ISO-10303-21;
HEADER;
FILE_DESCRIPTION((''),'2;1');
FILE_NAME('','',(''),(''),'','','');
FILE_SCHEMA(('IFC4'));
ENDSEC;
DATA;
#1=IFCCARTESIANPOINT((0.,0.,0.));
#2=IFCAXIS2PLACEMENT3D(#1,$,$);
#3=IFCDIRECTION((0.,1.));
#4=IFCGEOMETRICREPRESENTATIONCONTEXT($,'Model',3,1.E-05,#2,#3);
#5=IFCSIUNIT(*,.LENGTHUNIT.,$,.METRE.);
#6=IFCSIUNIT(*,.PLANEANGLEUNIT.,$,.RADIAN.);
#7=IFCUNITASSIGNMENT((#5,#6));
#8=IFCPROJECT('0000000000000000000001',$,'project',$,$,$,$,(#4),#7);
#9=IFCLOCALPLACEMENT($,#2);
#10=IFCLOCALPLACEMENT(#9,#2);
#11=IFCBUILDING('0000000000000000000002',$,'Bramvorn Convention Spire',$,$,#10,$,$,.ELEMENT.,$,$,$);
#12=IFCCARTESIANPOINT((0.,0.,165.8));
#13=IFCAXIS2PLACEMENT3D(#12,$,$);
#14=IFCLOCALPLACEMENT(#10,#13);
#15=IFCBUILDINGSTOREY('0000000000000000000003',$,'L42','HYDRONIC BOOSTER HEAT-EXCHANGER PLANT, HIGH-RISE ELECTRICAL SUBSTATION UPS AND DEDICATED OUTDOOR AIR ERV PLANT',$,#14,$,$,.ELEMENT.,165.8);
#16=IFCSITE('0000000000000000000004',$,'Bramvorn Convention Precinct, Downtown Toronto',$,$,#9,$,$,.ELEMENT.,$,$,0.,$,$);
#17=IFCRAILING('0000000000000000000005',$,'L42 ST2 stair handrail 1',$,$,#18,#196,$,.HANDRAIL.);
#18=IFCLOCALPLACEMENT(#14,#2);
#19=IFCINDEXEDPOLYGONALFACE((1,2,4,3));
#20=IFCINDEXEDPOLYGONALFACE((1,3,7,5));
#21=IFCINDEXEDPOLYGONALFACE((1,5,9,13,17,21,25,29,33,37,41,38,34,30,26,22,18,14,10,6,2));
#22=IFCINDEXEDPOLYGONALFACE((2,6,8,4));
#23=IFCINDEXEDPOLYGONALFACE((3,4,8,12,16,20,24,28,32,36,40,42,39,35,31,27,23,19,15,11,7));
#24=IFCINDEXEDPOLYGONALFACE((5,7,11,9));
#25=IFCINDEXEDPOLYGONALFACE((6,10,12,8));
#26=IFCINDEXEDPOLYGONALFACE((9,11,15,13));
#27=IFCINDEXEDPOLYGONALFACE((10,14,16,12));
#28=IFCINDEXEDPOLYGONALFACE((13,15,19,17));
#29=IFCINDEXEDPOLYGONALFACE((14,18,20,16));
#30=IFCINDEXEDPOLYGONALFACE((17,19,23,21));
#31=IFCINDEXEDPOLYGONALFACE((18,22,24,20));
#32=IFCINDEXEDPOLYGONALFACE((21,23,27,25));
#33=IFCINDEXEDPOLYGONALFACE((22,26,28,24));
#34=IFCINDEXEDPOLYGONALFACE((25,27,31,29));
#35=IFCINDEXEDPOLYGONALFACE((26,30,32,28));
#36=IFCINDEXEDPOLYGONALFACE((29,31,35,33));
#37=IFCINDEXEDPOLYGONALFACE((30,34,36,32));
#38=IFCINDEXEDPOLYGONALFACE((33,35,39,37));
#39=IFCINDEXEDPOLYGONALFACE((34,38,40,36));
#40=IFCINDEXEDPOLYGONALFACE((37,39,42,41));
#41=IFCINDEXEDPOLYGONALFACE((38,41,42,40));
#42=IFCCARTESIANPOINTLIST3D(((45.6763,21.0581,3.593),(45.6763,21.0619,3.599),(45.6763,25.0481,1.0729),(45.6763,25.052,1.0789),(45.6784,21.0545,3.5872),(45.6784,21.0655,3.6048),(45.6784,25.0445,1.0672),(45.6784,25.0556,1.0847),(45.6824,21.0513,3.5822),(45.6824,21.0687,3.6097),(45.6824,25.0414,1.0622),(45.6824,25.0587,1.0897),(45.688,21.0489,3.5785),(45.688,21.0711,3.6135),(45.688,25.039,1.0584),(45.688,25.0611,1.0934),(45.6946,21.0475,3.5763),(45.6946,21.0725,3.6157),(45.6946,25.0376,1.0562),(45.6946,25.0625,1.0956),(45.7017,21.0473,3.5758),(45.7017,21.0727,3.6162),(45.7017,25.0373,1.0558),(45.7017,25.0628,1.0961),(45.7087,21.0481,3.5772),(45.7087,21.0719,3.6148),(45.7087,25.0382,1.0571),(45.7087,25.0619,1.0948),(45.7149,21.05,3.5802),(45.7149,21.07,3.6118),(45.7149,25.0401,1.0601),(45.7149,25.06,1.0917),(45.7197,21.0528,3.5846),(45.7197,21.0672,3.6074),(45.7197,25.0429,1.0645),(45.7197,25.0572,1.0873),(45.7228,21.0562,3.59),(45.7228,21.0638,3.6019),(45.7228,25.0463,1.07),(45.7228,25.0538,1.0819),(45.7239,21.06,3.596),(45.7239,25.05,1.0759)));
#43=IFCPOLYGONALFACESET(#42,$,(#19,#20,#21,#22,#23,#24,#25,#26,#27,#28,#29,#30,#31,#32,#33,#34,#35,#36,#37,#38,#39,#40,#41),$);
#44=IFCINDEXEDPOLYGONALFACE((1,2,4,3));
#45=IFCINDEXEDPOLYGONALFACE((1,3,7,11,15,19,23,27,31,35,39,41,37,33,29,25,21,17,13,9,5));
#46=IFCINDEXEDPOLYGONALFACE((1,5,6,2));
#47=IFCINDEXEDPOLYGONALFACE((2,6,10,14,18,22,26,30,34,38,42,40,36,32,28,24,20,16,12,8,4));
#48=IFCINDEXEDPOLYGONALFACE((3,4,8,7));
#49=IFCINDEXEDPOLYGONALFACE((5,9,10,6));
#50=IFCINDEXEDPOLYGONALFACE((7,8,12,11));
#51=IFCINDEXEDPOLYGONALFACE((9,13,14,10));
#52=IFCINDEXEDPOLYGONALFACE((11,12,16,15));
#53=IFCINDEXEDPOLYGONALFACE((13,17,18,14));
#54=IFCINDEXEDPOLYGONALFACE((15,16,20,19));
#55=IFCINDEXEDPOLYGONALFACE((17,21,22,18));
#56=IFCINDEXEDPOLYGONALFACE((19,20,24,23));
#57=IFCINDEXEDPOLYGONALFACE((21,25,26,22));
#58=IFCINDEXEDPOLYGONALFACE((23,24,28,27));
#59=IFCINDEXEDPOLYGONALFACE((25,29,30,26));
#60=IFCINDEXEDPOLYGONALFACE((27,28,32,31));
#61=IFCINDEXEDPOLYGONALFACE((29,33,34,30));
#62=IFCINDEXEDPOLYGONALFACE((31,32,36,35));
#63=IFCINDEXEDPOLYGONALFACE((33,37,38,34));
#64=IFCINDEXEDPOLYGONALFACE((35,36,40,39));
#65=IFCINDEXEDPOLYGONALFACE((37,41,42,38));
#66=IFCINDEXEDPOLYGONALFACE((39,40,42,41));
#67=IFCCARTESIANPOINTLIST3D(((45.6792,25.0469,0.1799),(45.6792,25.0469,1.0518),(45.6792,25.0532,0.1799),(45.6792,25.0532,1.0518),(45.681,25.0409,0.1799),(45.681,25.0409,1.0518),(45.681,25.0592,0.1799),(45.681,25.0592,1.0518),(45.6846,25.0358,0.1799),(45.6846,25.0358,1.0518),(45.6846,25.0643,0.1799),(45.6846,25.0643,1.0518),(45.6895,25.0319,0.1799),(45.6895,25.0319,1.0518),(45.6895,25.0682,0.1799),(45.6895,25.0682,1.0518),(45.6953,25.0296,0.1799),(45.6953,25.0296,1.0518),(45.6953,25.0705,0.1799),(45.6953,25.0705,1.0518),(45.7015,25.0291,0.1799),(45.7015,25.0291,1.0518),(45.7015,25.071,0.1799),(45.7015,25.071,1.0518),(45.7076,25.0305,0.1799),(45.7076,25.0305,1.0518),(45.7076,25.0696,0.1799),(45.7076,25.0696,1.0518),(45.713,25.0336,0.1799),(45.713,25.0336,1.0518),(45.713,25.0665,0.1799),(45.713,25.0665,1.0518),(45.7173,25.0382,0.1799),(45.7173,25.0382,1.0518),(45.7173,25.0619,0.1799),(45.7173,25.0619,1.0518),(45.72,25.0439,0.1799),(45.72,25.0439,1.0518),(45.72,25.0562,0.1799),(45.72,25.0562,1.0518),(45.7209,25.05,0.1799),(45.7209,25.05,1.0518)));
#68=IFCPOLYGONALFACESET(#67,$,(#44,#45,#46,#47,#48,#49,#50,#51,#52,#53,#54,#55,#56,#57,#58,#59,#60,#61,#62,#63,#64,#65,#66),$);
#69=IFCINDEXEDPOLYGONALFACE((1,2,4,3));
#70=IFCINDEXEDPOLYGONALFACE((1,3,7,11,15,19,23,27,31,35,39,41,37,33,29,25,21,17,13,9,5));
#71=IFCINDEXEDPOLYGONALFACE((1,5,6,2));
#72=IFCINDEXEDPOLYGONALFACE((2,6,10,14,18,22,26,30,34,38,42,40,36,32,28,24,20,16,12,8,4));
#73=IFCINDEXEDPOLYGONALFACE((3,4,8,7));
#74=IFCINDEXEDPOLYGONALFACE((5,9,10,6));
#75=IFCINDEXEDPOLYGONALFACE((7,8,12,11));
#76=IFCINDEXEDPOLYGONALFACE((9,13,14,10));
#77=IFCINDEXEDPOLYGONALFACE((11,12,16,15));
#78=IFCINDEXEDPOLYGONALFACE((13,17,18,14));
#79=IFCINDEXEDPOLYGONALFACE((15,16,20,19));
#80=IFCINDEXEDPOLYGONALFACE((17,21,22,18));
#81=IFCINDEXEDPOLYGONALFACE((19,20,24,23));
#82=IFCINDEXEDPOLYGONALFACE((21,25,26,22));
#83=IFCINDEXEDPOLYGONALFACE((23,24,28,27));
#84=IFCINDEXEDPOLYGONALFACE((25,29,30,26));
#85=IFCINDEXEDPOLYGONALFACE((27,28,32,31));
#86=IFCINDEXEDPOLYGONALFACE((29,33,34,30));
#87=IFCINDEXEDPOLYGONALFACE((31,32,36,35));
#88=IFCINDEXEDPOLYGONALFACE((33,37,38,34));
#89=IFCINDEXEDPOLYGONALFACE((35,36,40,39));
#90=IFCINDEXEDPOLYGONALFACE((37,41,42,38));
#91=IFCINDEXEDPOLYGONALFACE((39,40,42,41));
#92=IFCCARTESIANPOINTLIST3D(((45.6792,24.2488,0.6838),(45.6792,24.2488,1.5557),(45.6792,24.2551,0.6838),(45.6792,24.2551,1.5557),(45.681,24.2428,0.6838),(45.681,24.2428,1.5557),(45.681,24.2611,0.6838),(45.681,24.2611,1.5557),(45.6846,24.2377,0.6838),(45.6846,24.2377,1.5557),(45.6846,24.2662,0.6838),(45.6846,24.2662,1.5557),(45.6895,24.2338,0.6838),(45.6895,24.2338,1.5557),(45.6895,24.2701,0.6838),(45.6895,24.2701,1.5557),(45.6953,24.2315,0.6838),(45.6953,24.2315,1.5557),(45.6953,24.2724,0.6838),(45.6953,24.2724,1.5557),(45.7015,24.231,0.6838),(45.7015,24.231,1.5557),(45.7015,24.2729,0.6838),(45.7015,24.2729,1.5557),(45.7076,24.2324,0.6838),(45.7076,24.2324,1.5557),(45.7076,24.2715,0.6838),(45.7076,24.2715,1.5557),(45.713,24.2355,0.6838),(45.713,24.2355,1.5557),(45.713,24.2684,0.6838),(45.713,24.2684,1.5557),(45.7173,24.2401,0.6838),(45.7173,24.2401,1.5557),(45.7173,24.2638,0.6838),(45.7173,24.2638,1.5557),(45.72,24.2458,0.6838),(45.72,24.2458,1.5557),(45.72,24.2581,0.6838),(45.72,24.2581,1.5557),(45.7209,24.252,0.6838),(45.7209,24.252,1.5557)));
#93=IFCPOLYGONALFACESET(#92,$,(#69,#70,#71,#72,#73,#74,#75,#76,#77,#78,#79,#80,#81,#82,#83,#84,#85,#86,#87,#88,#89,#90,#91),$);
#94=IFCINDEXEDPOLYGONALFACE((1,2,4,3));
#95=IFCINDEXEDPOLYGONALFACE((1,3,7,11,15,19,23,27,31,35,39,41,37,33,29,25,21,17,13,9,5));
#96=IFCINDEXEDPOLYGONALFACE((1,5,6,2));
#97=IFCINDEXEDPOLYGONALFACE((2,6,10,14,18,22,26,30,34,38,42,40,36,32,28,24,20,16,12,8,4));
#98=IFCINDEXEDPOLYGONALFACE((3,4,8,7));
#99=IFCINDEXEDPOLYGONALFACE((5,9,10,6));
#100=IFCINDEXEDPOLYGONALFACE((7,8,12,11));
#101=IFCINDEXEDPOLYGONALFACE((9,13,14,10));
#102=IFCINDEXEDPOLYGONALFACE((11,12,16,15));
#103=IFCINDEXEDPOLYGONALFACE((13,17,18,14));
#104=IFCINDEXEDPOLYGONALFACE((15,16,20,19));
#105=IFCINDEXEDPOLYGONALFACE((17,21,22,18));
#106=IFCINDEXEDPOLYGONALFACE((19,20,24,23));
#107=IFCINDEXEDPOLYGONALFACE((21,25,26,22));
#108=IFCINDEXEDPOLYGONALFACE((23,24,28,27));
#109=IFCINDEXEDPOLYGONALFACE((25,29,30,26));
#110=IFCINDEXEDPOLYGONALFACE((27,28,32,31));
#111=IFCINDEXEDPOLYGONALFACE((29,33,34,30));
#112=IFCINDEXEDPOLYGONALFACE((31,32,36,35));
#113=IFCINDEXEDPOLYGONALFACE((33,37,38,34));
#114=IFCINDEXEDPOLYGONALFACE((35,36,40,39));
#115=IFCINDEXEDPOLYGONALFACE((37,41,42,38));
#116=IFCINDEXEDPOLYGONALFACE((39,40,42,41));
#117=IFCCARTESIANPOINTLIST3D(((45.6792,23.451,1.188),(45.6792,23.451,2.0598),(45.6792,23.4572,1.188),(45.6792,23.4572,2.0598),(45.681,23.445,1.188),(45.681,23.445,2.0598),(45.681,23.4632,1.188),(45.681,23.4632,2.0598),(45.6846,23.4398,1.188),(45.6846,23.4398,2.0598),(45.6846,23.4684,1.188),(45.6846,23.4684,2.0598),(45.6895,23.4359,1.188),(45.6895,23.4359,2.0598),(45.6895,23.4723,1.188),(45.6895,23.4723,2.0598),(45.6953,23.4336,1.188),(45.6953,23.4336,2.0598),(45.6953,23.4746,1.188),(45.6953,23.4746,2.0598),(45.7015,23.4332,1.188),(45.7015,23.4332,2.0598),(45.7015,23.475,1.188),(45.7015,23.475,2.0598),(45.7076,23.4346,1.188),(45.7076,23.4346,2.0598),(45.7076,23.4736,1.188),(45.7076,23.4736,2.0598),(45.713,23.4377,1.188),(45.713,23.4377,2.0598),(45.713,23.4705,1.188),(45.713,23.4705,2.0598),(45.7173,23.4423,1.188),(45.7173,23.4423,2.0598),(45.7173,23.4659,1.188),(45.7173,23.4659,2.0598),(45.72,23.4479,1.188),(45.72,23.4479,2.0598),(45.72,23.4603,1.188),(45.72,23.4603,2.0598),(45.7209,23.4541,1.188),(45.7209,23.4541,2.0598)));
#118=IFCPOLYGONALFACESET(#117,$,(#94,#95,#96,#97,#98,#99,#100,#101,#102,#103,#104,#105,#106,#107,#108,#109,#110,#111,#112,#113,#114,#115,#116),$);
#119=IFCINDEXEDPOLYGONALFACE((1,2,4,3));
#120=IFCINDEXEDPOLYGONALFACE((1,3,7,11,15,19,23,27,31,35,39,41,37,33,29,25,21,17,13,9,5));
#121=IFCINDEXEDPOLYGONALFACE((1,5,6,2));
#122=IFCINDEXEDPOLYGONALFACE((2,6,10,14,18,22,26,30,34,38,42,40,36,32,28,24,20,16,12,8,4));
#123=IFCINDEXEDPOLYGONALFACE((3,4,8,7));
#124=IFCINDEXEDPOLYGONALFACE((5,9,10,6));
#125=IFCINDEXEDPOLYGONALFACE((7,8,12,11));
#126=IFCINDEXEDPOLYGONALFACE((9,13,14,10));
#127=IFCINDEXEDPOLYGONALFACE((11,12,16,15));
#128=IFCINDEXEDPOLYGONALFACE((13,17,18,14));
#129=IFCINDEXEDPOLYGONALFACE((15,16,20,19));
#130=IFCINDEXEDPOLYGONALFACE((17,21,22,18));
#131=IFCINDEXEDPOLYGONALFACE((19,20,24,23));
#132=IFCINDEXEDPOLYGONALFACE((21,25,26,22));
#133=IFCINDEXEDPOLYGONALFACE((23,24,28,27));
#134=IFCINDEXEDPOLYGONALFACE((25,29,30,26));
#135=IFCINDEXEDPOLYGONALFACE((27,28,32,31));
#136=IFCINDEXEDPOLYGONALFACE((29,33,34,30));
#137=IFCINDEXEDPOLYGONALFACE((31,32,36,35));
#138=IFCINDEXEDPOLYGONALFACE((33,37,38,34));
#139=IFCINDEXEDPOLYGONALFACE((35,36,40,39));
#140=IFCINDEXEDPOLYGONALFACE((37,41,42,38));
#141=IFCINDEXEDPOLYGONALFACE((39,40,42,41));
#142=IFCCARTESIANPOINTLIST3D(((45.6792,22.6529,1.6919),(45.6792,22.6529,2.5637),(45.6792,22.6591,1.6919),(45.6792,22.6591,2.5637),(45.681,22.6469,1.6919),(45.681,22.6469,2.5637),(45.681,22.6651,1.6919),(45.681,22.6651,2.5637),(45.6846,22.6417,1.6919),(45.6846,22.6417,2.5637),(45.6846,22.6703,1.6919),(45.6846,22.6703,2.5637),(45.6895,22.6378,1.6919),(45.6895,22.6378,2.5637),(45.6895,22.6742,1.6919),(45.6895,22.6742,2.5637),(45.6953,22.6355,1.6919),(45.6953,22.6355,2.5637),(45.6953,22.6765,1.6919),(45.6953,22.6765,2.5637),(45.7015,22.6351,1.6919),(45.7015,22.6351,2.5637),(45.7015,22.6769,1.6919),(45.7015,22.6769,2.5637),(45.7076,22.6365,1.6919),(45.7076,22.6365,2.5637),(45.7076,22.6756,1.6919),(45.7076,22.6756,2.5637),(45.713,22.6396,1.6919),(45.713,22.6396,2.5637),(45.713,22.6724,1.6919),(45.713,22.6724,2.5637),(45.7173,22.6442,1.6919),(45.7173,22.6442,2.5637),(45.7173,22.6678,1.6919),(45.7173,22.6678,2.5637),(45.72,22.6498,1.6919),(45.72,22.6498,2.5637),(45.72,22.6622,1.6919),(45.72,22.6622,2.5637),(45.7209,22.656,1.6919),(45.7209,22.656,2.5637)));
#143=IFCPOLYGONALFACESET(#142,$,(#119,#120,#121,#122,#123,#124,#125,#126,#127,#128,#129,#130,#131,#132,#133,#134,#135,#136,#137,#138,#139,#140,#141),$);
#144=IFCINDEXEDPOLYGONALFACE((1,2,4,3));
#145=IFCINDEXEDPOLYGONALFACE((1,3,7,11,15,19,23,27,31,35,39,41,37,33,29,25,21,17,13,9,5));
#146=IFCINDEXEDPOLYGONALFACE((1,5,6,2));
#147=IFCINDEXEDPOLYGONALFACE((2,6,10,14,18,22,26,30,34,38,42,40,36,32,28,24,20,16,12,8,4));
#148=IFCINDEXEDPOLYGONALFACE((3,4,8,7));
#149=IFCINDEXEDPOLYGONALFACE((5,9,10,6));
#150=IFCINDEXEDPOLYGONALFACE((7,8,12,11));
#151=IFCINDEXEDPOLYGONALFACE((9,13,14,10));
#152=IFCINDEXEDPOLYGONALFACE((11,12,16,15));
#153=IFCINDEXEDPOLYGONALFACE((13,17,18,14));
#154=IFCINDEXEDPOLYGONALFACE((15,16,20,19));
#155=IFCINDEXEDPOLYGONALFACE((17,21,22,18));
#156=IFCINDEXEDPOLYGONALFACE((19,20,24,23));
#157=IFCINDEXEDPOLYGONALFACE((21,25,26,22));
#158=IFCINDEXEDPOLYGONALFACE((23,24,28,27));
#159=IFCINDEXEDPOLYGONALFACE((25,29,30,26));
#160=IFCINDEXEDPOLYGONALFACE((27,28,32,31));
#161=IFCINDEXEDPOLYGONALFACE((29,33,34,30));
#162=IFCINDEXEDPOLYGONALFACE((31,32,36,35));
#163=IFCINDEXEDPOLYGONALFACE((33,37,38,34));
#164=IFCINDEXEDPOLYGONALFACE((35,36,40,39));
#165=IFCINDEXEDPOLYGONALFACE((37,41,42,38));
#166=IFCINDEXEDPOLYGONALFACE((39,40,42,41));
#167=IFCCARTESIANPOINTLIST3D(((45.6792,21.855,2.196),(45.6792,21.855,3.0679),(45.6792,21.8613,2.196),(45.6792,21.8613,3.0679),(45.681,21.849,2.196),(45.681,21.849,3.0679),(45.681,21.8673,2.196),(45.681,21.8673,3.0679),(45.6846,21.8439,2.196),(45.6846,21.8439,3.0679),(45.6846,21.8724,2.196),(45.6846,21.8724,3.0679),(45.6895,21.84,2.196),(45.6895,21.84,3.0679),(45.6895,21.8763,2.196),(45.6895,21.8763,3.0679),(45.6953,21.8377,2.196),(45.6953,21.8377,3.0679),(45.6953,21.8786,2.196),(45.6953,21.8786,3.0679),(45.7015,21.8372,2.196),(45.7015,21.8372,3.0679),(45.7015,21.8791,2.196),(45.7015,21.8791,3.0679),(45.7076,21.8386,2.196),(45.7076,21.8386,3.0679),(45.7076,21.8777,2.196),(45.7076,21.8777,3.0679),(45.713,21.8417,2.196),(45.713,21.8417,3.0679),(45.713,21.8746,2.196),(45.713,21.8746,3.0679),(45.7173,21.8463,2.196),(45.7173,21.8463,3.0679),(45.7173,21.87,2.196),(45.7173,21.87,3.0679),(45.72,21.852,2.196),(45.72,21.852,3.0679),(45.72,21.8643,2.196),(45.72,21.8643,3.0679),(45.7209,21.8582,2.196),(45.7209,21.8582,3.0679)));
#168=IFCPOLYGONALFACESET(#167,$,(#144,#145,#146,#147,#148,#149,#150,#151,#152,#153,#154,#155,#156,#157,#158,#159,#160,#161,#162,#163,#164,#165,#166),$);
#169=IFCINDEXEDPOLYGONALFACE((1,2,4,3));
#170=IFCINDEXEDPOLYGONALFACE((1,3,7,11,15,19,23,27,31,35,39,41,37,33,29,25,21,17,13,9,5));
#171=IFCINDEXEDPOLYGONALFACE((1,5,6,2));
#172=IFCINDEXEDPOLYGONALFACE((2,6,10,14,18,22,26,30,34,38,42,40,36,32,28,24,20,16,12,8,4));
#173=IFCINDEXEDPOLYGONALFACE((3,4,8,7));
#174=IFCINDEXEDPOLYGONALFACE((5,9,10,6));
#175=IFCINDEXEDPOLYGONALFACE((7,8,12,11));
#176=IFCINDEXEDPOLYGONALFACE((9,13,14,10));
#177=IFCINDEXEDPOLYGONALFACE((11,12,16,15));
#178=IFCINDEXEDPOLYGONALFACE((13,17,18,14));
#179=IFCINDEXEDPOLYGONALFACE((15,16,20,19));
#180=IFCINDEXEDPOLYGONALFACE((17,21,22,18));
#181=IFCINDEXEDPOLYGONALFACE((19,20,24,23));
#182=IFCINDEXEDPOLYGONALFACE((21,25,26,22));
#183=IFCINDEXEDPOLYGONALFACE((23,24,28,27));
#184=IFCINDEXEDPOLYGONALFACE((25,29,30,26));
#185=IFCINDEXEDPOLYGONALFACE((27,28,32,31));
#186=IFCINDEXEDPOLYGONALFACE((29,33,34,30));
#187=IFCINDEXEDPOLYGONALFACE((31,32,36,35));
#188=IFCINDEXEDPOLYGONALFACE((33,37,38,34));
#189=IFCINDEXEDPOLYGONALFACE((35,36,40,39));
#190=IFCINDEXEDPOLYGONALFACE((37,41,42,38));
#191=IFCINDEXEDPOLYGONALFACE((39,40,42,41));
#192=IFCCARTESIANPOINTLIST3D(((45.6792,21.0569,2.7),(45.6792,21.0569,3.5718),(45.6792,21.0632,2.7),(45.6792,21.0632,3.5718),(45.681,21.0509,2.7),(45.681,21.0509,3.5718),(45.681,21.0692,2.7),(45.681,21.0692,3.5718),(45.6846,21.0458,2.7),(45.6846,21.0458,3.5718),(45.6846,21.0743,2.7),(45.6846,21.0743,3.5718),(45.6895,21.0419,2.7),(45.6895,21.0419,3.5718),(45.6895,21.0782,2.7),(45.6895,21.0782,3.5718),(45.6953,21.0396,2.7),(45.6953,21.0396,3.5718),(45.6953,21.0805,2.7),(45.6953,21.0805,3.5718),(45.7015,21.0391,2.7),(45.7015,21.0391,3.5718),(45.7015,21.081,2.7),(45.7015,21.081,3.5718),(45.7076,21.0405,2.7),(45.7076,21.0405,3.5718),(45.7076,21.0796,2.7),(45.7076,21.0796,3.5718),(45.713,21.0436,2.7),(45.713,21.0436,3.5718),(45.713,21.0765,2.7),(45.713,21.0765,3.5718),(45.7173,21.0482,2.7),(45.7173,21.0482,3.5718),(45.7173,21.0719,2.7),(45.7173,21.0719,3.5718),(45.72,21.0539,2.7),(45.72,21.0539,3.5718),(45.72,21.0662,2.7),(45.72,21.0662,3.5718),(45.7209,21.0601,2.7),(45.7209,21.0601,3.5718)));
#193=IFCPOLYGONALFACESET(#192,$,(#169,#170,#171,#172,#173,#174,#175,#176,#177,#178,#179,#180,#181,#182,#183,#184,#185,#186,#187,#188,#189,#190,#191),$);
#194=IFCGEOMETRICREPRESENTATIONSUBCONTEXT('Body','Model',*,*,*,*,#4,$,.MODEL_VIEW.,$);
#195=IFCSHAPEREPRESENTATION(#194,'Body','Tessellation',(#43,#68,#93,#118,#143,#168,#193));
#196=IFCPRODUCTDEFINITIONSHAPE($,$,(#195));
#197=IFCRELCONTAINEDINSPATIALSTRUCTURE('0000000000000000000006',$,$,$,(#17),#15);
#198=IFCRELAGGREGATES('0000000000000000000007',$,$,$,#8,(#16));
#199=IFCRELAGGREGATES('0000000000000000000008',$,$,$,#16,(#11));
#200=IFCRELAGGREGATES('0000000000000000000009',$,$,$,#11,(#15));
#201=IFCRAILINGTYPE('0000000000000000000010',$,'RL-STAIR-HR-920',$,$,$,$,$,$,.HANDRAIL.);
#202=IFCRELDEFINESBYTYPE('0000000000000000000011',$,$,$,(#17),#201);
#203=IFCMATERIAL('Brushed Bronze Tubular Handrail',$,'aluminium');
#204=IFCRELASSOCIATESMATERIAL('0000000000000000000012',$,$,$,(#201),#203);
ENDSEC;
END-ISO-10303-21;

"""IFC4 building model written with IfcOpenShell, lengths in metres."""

from ifc_helpers import new_model, si_unit, direction, frame, origin, origin_2d, place, context, subcontext, project, spatial, circle, extrude, material, type_object, element, save


model = new_model("IFC4")

# Units and contexts
model_context = context("Model", 3, precision=1e-05, world=origin(), true_north=direction((0.0, 1.0)))
body_context = subcontext(model_context, "Body", "Model", "MODEL_VIEW")
ifc_project = project(units=[si_unit("LENGTHUNIT", "METRE"), si_unit("PLANEANGLEUNIT", "RADIAN")], contexts=[model_context])

# Site, building, storey
site_placement = place(None, origin())
site = spatial("IfcSite", under=ifc_project, at=site_placement, Name="Bramvorn Convention Precinct, Downtown Toronto", CompositionType="ELEMENT", RefElevation=0.0)
building_placement = place(site_placement, origin())
building = spatial("IfcBuilding", under=site, at=building_placement, Name="Bramvorn Convention Spire", CompositionType="ELEMENT")
storey_placement = place(building_placement, frame((0.0, 0.0, 165.8)))
storey = spatial("IfcBuildingStorey", under=building, at=storey_placement, Name="L42", Description="HYDRONIC BOOSTER HEAT-EXCHANGER PLANT, HIGH-RISE ELECTRICAL SUBSTATION UPS AND DEDICATED OUTDOOR AIR ERV PLANT", CompositionType="ELEMENT", Elevation=165.8)

# Railing
ifc_material_1 = material(Name="Brushed Bronze Tubular Handrail", Category="aluminium")
railing_type_1 = type_object("IfcRailingType", Name="RL-STAIR-HR-920", PredefinedType="HANDRAIL", material=ifc_material_1)
railing_1_placement = place(storey_placement, frame((45.7, 25.05, 0.1799)))
element("IfcRailing", 1, at=railing_1_placement, inside=storey, type_object=railing_type_1, Name="L42 ST2 stair handrail 1", PredefinedType="HANDRAIL", context=body_context, shape_type="SweptSolid", body=[
    extrude(circle(Radius=0.0239, at=origin_2d()), frame((0.0, 0.0, 0.896), z_axis=(0.0, -0.845486, 0.533997), x_axis=(1.0, 0.0, 0.0)), (0.0, 0.0, 1.0), 4.7192),
    extrude(circle(Radius=0.021, at=origin_2d()), origin(), (0.0, 0.0, 1.0), 0.8718),
    extrude(circle(Radius=0.021, at=origin_2d()), frame((0.0, -0.7981, 0.5039)), (0.0, 0.0, 1.0), 0.8718),
    extrude(circle(Radius=0.021, at=origin_2d()), frame((0.0, -1.5959, 1.0081)), (0.0, 0.0, 1.0), 0.8718),
    extrude(circle(Radius=0.021, at=origin_2d()), frame((0.0, -2.394, 1.512)), (0.0, 0.0, 1.0), 0.8718),
    extrude(circle(Radius=0.021, at=origin_2d()), frame((0.0, -3.1919, 2.0161)), (0.0, 0.0, 1.0), 0.8718),
    extrude(circle(Radius=0.021, at=origin_2d()), frame((0.0, -3.99, 2.52)), (0.0, 0.0, 1.0), 0.8718),
])

save(model, "model.ifc")
